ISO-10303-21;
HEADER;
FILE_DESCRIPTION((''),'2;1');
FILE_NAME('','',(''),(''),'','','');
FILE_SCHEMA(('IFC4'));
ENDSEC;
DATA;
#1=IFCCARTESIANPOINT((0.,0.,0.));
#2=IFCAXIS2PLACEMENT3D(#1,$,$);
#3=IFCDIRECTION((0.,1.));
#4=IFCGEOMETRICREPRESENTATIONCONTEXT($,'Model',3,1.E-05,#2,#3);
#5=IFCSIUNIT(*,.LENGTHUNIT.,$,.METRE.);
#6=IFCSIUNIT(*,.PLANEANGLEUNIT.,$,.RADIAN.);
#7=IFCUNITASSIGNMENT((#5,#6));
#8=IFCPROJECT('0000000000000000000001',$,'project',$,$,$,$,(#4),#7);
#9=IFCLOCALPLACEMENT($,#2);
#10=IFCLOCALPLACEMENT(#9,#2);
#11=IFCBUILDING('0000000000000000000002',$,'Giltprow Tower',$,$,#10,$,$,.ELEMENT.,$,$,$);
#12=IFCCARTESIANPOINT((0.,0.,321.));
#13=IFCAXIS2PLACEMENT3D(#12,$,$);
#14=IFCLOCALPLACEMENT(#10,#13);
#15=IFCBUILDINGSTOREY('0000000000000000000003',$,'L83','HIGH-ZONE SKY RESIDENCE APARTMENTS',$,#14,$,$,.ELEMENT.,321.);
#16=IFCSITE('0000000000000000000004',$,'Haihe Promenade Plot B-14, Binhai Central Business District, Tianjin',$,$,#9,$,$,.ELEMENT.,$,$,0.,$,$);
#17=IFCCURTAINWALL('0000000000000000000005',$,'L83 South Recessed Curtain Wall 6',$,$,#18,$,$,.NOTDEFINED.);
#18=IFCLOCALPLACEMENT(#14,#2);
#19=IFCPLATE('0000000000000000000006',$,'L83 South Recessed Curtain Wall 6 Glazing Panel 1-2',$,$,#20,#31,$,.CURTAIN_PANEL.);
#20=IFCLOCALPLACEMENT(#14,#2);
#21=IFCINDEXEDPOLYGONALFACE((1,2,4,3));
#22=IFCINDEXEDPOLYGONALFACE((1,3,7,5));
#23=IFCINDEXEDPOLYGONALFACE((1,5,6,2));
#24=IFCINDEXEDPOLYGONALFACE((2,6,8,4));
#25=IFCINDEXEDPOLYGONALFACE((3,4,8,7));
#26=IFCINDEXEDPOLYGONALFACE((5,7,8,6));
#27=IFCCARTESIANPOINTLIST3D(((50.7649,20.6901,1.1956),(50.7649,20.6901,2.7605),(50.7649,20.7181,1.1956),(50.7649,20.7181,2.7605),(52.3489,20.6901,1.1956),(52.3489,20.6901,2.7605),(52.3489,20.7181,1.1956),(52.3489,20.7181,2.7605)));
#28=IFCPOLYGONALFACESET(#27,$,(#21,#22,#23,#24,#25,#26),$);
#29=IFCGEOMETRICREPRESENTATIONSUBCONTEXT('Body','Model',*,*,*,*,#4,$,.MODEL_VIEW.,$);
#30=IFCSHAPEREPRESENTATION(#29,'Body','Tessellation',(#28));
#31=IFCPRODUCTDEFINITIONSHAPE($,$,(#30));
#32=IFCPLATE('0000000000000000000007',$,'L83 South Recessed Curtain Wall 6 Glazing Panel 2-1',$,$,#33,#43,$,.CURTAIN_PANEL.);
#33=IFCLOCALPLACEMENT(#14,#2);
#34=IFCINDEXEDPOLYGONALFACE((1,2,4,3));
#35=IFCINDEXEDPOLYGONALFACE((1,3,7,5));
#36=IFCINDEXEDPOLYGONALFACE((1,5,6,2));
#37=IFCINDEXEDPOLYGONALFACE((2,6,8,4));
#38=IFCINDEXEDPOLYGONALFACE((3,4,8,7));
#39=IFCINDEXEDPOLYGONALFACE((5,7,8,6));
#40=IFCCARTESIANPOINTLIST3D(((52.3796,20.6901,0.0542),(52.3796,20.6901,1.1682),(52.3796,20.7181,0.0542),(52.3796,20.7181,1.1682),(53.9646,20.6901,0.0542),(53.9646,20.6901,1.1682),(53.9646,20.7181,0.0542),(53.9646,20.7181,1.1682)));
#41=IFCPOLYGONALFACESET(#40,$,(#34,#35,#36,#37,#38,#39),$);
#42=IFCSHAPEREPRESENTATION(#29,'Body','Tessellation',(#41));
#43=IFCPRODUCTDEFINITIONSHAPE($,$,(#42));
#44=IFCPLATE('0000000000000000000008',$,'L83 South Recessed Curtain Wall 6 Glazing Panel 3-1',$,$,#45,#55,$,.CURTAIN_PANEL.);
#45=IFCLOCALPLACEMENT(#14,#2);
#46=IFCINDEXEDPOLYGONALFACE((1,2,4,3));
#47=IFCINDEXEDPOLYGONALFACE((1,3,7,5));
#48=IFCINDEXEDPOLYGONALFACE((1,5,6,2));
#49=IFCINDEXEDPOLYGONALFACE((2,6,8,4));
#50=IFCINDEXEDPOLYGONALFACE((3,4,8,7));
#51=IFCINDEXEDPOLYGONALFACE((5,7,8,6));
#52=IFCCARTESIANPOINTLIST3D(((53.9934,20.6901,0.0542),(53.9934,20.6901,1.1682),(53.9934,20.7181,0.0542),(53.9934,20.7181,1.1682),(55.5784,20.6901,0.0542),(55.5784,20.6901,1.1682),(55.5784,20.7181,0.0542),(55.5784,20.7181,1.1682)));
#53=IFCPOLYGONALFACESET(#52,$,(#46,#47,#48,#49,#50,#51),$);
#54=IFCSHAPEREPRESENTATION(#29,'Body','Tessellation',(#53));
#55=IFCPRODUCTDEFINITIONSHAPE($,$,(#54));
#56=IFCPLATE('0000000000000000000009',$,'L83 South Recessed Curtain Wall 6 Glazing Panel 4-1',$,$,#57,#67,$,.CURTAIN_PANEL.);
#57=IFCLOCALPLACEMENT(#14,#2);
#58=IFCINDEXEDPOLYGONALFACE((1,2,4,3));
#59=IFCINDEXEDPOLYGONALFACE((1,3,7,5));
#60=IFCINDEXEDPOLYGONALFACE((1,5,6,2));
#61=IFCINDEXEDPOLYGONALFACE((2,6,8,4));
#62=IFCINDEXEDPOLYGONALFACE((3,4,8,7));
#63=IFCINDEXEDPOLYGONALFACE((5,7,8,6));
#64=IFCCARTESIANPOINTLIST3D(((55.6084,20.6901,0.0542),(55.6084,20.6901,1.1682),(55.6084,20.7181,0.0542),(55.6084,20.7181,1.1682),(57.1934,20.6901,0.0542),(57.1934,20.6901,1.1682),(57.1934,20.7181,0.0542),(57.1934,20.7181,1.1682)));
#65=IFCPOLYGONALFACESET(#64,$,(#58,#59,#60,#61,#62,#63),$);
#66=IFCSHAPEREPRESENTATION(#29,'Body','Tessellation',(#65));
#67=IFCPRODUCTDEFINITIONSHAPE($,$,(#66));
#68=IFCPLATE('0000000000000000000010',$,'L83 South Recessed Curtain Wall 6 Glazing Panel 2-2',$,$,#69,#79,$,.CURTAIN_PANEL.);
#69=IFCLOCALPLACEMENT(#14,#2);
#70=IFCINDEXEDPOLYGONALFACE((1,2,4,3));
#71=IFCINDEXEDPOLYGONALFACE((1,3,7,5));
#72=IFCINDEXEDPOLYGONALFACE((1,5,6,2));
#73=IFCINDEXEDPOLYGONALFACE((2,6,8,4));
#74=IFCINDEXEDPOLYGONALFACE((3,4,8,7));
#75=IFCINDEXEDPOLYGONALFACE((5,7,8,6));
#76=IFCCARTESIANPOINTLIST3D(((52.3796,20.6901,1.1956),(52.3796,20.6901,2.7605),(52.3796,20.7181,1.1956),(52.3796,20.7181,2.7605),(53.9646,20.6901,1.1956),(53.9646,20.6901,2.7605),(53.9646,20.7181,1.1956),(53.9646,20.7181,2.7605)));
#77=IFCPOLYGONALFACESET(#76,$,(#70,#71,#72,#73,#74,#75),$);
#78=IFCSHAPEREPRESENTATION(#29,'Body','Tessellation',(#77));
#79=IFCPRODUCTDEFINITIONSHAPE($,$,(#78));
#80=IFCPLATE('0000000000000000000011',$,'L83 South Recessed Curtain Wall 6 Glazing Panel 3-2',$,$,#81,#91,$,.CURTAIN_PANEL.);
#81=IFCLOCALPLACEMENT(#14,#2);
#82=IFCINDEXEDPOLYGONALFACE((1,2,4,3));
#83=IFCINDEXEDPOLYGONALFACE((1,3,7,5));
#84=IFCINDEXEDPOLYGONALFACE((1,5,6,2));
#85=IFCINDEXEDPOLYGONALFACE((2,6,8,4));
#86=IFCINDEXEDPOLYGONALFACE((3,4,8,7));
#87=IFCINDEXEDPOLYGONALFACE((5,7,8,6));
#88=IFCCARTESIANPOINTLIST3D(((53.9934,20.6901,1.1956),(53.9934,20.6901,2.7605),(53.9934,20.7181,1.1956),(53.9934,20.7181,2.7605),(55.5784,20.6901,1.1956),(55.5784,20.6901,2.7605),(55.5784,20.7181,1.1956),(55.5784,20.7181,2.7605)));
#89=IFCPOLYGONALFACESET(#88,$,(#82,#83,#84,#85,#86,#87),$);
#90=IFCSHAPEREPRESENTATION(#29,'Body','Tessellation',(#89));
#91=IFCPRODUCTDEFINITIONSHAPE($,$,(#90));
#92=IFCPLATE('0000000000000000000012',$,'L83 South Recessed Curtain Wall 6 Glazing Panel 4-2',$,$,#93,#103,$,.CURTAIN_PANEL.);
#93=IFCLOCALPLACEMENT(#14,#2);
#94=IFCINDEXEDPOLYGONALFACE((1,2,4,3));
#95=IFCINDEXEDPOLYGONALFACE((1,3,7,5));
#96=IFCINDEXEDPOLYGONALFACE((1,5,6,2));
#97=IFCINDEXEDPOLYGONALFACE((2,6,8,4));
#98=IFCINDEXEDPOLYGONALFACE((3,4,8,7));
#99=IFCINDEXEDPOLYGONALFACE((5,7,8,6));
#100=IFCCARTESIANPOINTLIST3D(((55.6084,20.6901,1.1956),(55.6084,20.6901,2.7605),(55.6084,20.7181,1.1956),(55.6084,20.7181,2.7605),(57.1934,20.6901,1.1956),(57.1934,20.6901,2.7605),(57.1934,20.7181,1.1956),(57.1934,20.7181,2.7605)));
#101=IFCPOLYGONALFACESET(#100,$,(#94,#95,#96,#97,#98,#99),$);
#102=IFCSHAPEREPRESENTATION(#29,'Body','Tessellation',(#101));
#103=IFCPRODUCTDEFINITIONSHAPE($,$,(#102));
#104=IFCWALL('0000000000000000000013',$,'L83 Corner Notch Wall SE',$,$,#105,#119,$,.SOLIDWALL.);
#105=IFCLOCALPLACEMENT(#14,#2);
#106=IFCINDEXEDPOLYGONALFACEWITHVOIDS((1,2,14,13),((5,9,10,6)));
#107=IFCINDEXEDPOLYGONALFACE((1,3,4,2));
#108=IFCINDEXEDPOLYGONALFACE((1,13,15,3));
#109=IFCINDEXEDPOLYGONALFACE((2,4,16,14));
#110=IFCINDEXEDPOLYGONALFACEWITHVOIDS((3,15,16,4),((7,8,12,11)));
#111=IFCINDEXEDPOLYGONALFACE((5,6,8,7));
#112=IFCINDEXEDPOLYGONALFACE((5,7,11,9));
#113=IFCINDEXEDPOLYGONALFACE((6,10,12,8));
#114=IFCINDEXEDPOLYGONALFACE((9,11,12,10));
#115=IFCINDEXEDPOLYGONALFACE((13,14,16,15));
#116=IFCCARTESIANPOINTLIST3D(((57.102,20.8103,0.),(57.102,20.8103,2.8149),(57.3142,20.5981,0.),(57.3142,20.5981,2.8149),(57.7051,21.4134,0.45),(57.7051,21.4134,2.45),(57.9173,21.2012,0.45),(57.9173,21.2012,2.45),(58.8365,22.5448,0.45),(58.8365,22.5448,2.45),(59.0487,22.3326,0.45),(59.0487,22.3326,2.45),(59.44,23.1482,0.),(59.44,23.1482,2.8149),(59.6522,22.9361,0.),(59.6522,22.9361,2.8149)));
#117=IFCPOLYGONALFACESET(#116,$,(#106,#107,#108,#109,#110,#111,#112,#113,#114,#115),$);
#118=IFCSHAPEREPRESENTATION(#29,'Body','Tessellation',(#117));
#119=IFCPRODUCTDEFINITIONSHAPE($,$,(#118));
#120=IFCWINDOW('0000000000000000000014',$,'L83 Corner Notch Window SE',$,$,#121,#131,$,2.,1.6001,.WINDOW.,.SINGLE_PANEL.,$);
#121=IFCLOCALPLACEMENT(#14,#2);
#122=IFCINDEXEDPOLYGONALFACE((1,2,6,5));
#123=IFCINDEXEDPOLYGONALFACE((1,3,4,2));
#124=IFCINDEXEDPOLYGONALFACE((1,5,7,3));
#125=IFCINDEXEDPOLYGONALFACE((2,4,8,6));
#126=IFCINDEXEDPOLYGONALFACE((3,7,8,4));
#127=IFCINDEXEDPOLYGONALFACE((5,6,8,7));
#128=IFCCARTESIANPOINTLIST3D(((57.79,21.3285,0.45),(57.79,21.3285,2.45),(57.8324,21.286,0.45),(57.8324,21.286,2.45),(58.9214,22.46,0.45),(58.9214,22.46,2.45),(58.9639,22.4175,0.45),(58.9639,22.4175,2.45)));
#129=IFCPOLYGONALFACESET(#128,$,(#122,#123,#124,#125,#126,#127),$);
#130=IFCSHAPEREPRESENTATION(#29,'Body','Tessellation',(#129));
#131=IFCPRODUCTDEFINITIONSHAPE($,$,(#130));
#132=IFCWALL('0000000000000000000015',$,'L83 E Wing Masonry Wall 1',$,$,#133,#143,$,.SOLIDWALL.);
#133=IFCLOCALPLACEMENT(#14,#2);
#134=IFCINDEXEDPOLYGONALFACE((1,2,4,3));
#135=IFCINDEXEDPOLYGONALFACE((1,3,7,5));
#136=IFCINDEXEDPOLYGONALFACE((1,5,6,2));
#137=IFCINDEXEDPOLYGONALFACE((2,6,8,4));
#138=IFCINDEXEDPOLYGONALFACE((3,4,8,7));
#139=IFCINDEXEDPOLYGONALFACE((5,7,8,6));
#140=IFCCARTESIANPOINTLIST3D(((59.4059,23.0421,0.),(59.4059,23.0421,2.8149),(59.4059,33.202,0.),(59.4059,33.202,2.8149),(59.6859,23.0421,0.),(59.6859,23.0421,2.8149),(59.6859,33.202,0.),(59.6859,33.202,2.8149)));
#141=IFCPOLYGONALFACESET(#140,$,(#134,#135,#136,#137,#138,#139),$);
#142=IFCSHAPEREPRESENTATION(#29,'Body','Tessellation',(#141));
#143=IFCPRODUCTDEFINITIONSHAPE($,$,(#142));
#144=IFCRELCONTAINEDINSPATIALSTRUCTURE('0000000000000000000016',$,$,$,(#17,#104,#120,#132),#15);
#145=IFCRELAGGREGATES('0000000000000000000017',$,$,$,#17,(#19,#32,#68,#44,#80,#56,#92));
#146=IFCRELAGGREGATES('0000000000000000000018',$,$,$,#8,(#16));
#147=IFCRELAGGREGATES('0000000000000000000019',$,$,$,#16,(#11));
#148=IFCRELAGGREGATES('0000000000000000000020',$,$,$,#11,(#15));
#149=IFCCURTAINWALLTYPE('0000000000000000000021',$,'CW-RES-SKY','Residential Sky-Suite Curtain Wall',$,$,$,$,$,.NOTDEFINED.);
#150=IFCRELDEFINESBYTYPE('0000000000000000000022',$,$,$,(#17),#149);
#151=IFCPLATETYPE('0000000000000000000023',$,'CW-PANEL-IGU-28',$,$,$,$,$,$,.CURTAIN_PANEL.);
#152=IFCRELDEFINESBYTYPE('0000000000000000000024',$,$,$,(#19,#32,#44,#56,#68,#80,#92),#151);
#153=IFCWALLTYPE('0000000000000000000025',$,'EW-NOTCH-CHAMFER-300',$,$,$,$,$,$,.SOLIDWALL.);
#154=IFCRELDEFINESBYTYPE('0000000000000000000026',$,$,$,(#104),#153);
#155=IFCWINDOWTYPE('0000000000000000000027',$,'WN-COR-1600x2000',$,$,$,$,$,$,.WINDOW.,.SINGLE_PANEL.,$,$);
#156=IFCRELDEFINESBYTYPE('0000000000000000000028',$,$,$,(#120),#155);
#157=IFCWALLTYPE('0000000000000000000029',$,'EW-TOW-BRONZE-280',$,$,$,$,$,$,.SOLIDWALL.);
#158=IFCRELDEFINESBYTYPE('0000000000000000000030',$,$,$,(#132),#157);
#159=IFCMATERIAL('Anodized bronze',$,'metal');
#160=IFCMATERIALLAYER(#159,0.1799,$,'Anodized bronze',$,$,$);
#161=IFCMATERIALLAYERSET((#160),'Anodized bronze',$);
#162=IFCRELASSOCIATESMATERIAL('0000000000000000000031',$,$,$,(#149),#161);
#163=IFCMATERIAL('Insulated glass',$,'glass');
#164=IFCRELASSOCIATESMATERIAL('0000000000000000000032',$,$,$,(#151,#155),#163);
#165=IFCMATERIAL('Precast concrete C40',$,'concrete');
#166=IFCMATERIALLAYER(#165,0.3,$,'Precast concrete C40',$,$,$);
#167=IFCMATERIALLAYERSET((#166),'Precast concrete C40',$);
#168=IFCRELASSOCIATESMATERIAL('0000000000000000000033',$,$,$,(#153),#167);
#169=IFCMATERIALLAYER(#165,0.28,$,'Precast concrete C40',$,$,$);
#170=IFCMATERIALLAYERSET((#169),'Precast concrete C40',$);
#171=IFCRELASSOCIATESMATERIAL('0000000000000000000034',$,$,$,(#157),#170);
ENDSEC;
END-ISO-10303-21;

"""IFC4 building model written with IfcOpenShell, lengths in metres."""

from ifc_helpers import new_model, si_unit, direction, frame, frame_2d, origin, origin_2d, place, context, subcontext, project, spatial, rectangle, extrude, source, transform, mapped, material, layer, layer_set, type_object, element, fill, aggregate, save


model = new_model("IFC4")

# Units and contexts
model_context = context("Model", 3, precision=1e-05, world=origin(), true_north=direction((0.0, 1.0)))
body_context = subcontext(model_context, "Body", "Model", "MODEL_VIEW")
ifc_project = project(units=[si_unit("LENGTHUNIT", "METRE"), si_unit("PLANEANGLEUNIT", "RADIAN")], contexts=[model_context])

# Site, building, storey
site_placement = place(None, origin())
site = spatial("IfcSite", under=ifc_project, at=site_placement, Name="Haihe Promenade Plot B-14, Binhai Central Business District, Tianjin", CompositionType="ELEMENT", RefElevation=0.0)
building_placement = place(site_placement, origin())
building = spatial("IfcBuilding", under=site, at=building_placement, Name="Giltprow Tower", CompositionType="ELEMENT")
storey_placement = place(building_placement, frame((0.0, 0.0, 321.0)))
storey = spatial("IfcBuildingStorey", under=building, at=storey_placement, Name="L83", Description="HIGH-ZONE SKY RESIDENCE APARTMENTS", CompositionType="ELEMENT", Elevation=321.0)

# Curtain wall
ifc_material_1 = material(Name="Anodized bronze", Category="metal")
ifc_layer_1 = layer(ifc_material_1, 0.1799, Name="Anodized bronze")
ifc_layer_set_1 = layer_set([ifc_layer_1], Name="Anodized bronze")
curtain_wall_type = type_object("IfcCurtainWallType", Name="CW-RES-SKY", Description="Residential Sky-Suite Curtain Wall", PredefinedType="NOTDEFINED", material=ifc_layer_set_1)
curtain_wall_placement = place(storey_placement, origin())
curtain_wall = element("IfcCurtainWall", 1, at=curtain_wall_placement, inside=storey, type_object=curtain_wall_type, Name="L83 South Recessed Curtain Wall 6", PredefinedType="NOTDEFINED")

# Plates
ifc_material_2 = material(Name="Insulated glass", Category="glass")
plate_type_1 = type_object("IfcPlateType", Name="CW-PANEL-IGU-28", PredefinedType="CURTAIN_PANEL", material=ifc_material_2)
shared_shape_1 = source(origin(), body_context, "Body", "SweptSolid", [
    extrude(rectangle(XDim=1.584, YDim=0.0281, at=origin_2d()), origin(), (0.0, 0.0, 1.0), 1.5649),
])
plate_1_placement = place(storey_placement, frame((51.5569, 20.7041, 1.1956), z_axis=(0.0, 0.0, 1.0), x_axis=(1.0, 0.0, 0.0)))
plate_1 = element("IfcPlate", 2, at=plate_1_placement, type_object=plate_type_1, Name="L83 South Recessed Curtain Wall 6 Glazing Panel 1-2", PredefinedType="CURTAIN_PANEL", context=body_context, shape_type="MappedRepresentation", body=[
    mapped(shared_shape_1, transform((0.0, 0.0, 0.0), x_axis=(1.0, 0.0, 0.0), y_axis=(0.0, 1.0, 0.0), z_axis=(0.0, 0.0, 1.0), scale=1.0)),
])
shared_shape_2 = source(origin(), body_context, "Body", "SweptSolid", [
    extrude(rectangle(XDim=1.585, YDim=0.0281, at=origin_2d()), origin(), (0.0, 0.0, 1.0), 1.114),
])
plate_2_placement = place(storey_placement, frame((53.1721, 20.7041, 0.0542), z_axis=(0.0, 0.0, 1.0), x_axis=(1.0, 0.0, 0.0)))
plate_2 = element("IfcPlate", 3, at=plate_2_placement, type_object=plate_type_1, Name="L83 South Recessed Curtain Wall 6 Glazing Panel 2-1", PredefinedType="CURTAIN_PANEL", context=body_context, shape_type="MappedRepresentation", body=[
    mapped(shared_shape_2, transform((0.0, 0.0, 0.0), x_axis=(1.0, 0.0, 0.0), y_axis=(0.0, 1.0, 0.0), z_axis=(0.0, 0.0, 1.0), scale=1.0)),
])
plate_3_placement = place(storey_placement, frame((54.7859, 20.7041, 0.0542), z_axis=(0.0, 0.0, 1.0), x_axis=(1.0, 0.0, 0.0)))
plate_3 = element("IfcPlate", 4, at=plate_3_placement, type_object=plate_type_1, Name="L83 South Recessed Curtain Wall 6 Glazing Panel 3-1", PredefinedType="CURTAIN_PANEL", context=body_context, shape_type="MappedRepresentation", body=[
    mapped(shared_shape_2, transform((0.0, 0.0, 0.0), x_axis=(1.0, 0.0, 0.0), y_axis=(0.0, 1.0, 0.0), z_axis=(0.0, 0.0, 1.0), scale=1.0)),
])
plate_4_placement = place(storey_placement, frame((56.4009, 20.7041, 0.0542), z_axis=(0.0, 0.0, 1.0), x_axis=(1.0, 0.0, 0.0)))
plate_4 = element("IfcPlate", 5, at=plate_4_placement, type_object=plate_type_1, Name="L83 South Recessed Curtain Wall 6 Glazing Panel 4-1", PredefinedType="CURTAIN_PANEL", context=body_context, shape_type="MappedRepresentation", body=[
    mapped(shared_shape_2, transform((0.0, 0.0, 0.0), x_axis=(1.0, 0.0, 0.0), y_axis=(0.0, 1.0, 0.0), z_axis=(0.0, 0.0, 1.0), scale=1.0)),
])
shared_shape_3 = source(origin(), body_context, "Body", "SweptSolid", [
    extrude(rectangle(XDim=1.585, YDim=0.0281, at=origin_2d()), origin(), (0.0, 0.0, 1.0), 1.5649),
])
plate_5_placement = place(storey_placement, frame((53.1721, 20.7041, 1.1956), z_axis=(0.0, 0.0, 1.0), x_axis=(1.0, 0.0, 0.0)))
plate_5 = element("IfcPlate", 6, at=plate_5_placement, type_object=plate_type_1, Name="L83 South Recessed Curtain Wall 6 Glazing Panel 2-2", PredefinedType="CURTAIN_PANEL", context=body_context, shape_type="MappedRepresentation", body=[
    mapped(shared_shape_3, transform((0.0, 0.0, 0.0), x_axis=(1.0, 0.0, 0.0), y_axis=(0.0, 1.0, 0.0), z_axis=(0.0, 0.0, 1.0), scale=1.0)),
])
plate_6_placement = place(storey_placement, frame((54.7859, 20.7041, 1.1956), z_axis=(0.0, 0.0, 1.0), x_axis=(1.0, 0.0, 0.0)))
plate_6 = element("IfcPlate", 7, at=plate_6_placement, type_object=plate_type_1, Name="L83 South Recessed Curtain Wall 6 Glazing Panel 3-2", PredefinedType="CURTAIN_PANEL", context=body_context, shape_type="MappedRepresentation", body=[
    mapped(shared_shape_3, transform((0.0, 0.0, 0.0), x_axis=(1.0, 0.0, 0.0), y_axis=(0.0, 1.0, 0.0), z_axis=(0.0, 0.0, 1.0), scale=1.0)),
])
plate_7_placement = place(storey_placement, frame((56.4009, 20.7041, 1.1956), z_axis=(0.0, 0.0, 1.0), x_axis=(1.0, 0.0, 0.0)))
plate_7 = element("IfcPlate", 8, at=plate_7_placement, type_object=plate_type_1, Name="L83 South Recessed Curtain Wall 6 Glazing Panel 4-2", PredefinedType="CURTAIN_PANEL", context=body_context, shape_type="MappedRepresentation", body=[
    mapped(shared_shape_3, transform((0.0, 0.0, 0.0), x_axis=(1.0, 0.0, 0.0), y_axis=(0.0, 1.0, 0.0), z_axis=(0.0, 0.0, 1.0), scale=1.0)),
])
aggregate(curtain_wall, [plate_1, plate_2, plate_5, plate_3, plate_6, plate_4, plate_7])

# Wall, opening, window
ifc_material_3 = material(Name="Precast concrete C40", Category="concrete")
ifc_layer_2 = layer(ifc_material_3, 0.3, Name="Precast concrete C40")
ifc_layer_set_2 = layer_set([ifc_layer_2], Name="Precast concrete C40")
wall_type_1 = type_object("IfcWallType", Name="EW-NOTCH-CHAMFER-300", PredefinedType="SOLIDWALL", material=ifc_layer_set_2)
wall_1_placement = place(storey_placement, frame((57.208, 20.7041, 0.0), z_axis=(0.0, 0.0, 1.0), x_axis=(0.707107, 0.707107, 0.0)))
wall_1 = element("IfcWall", 9, at=wall_1_placement, inside=storey, type_object=wall_type_1, Name="L83 Corner Notch Wall SE", PredefinedType="SOLIDWALL", context=body_context, shape_type="SweptSolid", body=[
    extrude(rectangle(XDim=3.3064, YDim=0.3, at=frame_2d((1.6533, 0.0))), origin(), (0.0, 0.0, 1.0), 2.8149),
])
opening_placement = place(wall_1_placement, frame((0.853, 0.0, 0.45)))
opening = element("IfcOpeningElement", 10, at=opening_placement, cuts=wall_1, PredefinedType="OPENING", context=body_context, shape_type="SweptSolid", body=[
    extrude(rectangle(XDim=1.6001, YDim=2.0, at=frame_2d((0.8, 1.0))), frame((0.0, 0.1599, 0.0), z_axis=(0.0, -1.0, 0.0), x_axis=(1.0, 0.0, 0.0)), (0.0, 0.0, 1.0), 0.3201),
])
window_type = type_object("IfcWindowType", Name="WN-COR-1600x2000", PartitioningType="SINGLE_PANEL", PredefinedType="WINDOW", material=ifc_material_2)
shared_shape_4 = source(origin(), body_context, "Body", "SweptSolid", [
    extrude(rectangle(XDim=1.6001, YDim=2.0, at=frame_2d((0.8, 1.0))), frame((0.0, 0.03, 0.0), z_axis=(0.0, -1.0, 0.0), x_axis=(1.0, 0.0, 0.0)), (0.0, 0.0, 1.0), 0.0601),
])
window_placement = place(opening_placement, origin())
window = element("IfcWindow", 11, at=window_placement, inside=storey, type_object=window_type, Name="L83 Corner Notch Window SE", OverallHeight=2.0, OverallWidth=1.6001, PartitioningType="SINGLE_PANEL", PredefinedType="WINDOW", context=body_context, shape_type="MappedRepresentation", body=[
    mapped(shared_shape_4, transform((0.0, 0.0, 0.0), x_axis=(1.0, 0.0, 0.0), y_axis=(0.0, 1.0, 0.0), z_axis=(0.0, 0.0, 1.0), scale=1.0)),
])
fill(opening, window)

# Wall
ifc_layer_3 = layer(ifc_material_3, 0.28, Name="Precast concrete C40")
ifc_layer_set_3 = layer_set([ifc_layer_3], Name="Precast concrete C40")
wall_type_2 = type_object("IfcWallType", Name="EW-TOW-BRONZE-280", PredefinedType="SOLIDWALL", material=ifc_layer_set_3)
wall_2_placement = place(storey_placement, frame((59.5459, 23.042, 0.0), z_axis=(0.0, 0.0, 1.0), x_axis=(0.0, 1.0, 0.0)))
element("IfcWall", 12, at=wall_2_placement, inside=storey, type_object=wall_type_2, Name="L83 E Wing Masonry Wall 1", PredefinedType="SOLIDWALL", context=body_context, shape_type="SweptSolid", body=[
    extrude(rectangle(XDim=10.1599, YDim=0.28, at=frame_2d((5.0801, 0.0))), origin(), (0.0, 0.0, 1.0), 2.8149),
])

save(model, "model.ifc")
